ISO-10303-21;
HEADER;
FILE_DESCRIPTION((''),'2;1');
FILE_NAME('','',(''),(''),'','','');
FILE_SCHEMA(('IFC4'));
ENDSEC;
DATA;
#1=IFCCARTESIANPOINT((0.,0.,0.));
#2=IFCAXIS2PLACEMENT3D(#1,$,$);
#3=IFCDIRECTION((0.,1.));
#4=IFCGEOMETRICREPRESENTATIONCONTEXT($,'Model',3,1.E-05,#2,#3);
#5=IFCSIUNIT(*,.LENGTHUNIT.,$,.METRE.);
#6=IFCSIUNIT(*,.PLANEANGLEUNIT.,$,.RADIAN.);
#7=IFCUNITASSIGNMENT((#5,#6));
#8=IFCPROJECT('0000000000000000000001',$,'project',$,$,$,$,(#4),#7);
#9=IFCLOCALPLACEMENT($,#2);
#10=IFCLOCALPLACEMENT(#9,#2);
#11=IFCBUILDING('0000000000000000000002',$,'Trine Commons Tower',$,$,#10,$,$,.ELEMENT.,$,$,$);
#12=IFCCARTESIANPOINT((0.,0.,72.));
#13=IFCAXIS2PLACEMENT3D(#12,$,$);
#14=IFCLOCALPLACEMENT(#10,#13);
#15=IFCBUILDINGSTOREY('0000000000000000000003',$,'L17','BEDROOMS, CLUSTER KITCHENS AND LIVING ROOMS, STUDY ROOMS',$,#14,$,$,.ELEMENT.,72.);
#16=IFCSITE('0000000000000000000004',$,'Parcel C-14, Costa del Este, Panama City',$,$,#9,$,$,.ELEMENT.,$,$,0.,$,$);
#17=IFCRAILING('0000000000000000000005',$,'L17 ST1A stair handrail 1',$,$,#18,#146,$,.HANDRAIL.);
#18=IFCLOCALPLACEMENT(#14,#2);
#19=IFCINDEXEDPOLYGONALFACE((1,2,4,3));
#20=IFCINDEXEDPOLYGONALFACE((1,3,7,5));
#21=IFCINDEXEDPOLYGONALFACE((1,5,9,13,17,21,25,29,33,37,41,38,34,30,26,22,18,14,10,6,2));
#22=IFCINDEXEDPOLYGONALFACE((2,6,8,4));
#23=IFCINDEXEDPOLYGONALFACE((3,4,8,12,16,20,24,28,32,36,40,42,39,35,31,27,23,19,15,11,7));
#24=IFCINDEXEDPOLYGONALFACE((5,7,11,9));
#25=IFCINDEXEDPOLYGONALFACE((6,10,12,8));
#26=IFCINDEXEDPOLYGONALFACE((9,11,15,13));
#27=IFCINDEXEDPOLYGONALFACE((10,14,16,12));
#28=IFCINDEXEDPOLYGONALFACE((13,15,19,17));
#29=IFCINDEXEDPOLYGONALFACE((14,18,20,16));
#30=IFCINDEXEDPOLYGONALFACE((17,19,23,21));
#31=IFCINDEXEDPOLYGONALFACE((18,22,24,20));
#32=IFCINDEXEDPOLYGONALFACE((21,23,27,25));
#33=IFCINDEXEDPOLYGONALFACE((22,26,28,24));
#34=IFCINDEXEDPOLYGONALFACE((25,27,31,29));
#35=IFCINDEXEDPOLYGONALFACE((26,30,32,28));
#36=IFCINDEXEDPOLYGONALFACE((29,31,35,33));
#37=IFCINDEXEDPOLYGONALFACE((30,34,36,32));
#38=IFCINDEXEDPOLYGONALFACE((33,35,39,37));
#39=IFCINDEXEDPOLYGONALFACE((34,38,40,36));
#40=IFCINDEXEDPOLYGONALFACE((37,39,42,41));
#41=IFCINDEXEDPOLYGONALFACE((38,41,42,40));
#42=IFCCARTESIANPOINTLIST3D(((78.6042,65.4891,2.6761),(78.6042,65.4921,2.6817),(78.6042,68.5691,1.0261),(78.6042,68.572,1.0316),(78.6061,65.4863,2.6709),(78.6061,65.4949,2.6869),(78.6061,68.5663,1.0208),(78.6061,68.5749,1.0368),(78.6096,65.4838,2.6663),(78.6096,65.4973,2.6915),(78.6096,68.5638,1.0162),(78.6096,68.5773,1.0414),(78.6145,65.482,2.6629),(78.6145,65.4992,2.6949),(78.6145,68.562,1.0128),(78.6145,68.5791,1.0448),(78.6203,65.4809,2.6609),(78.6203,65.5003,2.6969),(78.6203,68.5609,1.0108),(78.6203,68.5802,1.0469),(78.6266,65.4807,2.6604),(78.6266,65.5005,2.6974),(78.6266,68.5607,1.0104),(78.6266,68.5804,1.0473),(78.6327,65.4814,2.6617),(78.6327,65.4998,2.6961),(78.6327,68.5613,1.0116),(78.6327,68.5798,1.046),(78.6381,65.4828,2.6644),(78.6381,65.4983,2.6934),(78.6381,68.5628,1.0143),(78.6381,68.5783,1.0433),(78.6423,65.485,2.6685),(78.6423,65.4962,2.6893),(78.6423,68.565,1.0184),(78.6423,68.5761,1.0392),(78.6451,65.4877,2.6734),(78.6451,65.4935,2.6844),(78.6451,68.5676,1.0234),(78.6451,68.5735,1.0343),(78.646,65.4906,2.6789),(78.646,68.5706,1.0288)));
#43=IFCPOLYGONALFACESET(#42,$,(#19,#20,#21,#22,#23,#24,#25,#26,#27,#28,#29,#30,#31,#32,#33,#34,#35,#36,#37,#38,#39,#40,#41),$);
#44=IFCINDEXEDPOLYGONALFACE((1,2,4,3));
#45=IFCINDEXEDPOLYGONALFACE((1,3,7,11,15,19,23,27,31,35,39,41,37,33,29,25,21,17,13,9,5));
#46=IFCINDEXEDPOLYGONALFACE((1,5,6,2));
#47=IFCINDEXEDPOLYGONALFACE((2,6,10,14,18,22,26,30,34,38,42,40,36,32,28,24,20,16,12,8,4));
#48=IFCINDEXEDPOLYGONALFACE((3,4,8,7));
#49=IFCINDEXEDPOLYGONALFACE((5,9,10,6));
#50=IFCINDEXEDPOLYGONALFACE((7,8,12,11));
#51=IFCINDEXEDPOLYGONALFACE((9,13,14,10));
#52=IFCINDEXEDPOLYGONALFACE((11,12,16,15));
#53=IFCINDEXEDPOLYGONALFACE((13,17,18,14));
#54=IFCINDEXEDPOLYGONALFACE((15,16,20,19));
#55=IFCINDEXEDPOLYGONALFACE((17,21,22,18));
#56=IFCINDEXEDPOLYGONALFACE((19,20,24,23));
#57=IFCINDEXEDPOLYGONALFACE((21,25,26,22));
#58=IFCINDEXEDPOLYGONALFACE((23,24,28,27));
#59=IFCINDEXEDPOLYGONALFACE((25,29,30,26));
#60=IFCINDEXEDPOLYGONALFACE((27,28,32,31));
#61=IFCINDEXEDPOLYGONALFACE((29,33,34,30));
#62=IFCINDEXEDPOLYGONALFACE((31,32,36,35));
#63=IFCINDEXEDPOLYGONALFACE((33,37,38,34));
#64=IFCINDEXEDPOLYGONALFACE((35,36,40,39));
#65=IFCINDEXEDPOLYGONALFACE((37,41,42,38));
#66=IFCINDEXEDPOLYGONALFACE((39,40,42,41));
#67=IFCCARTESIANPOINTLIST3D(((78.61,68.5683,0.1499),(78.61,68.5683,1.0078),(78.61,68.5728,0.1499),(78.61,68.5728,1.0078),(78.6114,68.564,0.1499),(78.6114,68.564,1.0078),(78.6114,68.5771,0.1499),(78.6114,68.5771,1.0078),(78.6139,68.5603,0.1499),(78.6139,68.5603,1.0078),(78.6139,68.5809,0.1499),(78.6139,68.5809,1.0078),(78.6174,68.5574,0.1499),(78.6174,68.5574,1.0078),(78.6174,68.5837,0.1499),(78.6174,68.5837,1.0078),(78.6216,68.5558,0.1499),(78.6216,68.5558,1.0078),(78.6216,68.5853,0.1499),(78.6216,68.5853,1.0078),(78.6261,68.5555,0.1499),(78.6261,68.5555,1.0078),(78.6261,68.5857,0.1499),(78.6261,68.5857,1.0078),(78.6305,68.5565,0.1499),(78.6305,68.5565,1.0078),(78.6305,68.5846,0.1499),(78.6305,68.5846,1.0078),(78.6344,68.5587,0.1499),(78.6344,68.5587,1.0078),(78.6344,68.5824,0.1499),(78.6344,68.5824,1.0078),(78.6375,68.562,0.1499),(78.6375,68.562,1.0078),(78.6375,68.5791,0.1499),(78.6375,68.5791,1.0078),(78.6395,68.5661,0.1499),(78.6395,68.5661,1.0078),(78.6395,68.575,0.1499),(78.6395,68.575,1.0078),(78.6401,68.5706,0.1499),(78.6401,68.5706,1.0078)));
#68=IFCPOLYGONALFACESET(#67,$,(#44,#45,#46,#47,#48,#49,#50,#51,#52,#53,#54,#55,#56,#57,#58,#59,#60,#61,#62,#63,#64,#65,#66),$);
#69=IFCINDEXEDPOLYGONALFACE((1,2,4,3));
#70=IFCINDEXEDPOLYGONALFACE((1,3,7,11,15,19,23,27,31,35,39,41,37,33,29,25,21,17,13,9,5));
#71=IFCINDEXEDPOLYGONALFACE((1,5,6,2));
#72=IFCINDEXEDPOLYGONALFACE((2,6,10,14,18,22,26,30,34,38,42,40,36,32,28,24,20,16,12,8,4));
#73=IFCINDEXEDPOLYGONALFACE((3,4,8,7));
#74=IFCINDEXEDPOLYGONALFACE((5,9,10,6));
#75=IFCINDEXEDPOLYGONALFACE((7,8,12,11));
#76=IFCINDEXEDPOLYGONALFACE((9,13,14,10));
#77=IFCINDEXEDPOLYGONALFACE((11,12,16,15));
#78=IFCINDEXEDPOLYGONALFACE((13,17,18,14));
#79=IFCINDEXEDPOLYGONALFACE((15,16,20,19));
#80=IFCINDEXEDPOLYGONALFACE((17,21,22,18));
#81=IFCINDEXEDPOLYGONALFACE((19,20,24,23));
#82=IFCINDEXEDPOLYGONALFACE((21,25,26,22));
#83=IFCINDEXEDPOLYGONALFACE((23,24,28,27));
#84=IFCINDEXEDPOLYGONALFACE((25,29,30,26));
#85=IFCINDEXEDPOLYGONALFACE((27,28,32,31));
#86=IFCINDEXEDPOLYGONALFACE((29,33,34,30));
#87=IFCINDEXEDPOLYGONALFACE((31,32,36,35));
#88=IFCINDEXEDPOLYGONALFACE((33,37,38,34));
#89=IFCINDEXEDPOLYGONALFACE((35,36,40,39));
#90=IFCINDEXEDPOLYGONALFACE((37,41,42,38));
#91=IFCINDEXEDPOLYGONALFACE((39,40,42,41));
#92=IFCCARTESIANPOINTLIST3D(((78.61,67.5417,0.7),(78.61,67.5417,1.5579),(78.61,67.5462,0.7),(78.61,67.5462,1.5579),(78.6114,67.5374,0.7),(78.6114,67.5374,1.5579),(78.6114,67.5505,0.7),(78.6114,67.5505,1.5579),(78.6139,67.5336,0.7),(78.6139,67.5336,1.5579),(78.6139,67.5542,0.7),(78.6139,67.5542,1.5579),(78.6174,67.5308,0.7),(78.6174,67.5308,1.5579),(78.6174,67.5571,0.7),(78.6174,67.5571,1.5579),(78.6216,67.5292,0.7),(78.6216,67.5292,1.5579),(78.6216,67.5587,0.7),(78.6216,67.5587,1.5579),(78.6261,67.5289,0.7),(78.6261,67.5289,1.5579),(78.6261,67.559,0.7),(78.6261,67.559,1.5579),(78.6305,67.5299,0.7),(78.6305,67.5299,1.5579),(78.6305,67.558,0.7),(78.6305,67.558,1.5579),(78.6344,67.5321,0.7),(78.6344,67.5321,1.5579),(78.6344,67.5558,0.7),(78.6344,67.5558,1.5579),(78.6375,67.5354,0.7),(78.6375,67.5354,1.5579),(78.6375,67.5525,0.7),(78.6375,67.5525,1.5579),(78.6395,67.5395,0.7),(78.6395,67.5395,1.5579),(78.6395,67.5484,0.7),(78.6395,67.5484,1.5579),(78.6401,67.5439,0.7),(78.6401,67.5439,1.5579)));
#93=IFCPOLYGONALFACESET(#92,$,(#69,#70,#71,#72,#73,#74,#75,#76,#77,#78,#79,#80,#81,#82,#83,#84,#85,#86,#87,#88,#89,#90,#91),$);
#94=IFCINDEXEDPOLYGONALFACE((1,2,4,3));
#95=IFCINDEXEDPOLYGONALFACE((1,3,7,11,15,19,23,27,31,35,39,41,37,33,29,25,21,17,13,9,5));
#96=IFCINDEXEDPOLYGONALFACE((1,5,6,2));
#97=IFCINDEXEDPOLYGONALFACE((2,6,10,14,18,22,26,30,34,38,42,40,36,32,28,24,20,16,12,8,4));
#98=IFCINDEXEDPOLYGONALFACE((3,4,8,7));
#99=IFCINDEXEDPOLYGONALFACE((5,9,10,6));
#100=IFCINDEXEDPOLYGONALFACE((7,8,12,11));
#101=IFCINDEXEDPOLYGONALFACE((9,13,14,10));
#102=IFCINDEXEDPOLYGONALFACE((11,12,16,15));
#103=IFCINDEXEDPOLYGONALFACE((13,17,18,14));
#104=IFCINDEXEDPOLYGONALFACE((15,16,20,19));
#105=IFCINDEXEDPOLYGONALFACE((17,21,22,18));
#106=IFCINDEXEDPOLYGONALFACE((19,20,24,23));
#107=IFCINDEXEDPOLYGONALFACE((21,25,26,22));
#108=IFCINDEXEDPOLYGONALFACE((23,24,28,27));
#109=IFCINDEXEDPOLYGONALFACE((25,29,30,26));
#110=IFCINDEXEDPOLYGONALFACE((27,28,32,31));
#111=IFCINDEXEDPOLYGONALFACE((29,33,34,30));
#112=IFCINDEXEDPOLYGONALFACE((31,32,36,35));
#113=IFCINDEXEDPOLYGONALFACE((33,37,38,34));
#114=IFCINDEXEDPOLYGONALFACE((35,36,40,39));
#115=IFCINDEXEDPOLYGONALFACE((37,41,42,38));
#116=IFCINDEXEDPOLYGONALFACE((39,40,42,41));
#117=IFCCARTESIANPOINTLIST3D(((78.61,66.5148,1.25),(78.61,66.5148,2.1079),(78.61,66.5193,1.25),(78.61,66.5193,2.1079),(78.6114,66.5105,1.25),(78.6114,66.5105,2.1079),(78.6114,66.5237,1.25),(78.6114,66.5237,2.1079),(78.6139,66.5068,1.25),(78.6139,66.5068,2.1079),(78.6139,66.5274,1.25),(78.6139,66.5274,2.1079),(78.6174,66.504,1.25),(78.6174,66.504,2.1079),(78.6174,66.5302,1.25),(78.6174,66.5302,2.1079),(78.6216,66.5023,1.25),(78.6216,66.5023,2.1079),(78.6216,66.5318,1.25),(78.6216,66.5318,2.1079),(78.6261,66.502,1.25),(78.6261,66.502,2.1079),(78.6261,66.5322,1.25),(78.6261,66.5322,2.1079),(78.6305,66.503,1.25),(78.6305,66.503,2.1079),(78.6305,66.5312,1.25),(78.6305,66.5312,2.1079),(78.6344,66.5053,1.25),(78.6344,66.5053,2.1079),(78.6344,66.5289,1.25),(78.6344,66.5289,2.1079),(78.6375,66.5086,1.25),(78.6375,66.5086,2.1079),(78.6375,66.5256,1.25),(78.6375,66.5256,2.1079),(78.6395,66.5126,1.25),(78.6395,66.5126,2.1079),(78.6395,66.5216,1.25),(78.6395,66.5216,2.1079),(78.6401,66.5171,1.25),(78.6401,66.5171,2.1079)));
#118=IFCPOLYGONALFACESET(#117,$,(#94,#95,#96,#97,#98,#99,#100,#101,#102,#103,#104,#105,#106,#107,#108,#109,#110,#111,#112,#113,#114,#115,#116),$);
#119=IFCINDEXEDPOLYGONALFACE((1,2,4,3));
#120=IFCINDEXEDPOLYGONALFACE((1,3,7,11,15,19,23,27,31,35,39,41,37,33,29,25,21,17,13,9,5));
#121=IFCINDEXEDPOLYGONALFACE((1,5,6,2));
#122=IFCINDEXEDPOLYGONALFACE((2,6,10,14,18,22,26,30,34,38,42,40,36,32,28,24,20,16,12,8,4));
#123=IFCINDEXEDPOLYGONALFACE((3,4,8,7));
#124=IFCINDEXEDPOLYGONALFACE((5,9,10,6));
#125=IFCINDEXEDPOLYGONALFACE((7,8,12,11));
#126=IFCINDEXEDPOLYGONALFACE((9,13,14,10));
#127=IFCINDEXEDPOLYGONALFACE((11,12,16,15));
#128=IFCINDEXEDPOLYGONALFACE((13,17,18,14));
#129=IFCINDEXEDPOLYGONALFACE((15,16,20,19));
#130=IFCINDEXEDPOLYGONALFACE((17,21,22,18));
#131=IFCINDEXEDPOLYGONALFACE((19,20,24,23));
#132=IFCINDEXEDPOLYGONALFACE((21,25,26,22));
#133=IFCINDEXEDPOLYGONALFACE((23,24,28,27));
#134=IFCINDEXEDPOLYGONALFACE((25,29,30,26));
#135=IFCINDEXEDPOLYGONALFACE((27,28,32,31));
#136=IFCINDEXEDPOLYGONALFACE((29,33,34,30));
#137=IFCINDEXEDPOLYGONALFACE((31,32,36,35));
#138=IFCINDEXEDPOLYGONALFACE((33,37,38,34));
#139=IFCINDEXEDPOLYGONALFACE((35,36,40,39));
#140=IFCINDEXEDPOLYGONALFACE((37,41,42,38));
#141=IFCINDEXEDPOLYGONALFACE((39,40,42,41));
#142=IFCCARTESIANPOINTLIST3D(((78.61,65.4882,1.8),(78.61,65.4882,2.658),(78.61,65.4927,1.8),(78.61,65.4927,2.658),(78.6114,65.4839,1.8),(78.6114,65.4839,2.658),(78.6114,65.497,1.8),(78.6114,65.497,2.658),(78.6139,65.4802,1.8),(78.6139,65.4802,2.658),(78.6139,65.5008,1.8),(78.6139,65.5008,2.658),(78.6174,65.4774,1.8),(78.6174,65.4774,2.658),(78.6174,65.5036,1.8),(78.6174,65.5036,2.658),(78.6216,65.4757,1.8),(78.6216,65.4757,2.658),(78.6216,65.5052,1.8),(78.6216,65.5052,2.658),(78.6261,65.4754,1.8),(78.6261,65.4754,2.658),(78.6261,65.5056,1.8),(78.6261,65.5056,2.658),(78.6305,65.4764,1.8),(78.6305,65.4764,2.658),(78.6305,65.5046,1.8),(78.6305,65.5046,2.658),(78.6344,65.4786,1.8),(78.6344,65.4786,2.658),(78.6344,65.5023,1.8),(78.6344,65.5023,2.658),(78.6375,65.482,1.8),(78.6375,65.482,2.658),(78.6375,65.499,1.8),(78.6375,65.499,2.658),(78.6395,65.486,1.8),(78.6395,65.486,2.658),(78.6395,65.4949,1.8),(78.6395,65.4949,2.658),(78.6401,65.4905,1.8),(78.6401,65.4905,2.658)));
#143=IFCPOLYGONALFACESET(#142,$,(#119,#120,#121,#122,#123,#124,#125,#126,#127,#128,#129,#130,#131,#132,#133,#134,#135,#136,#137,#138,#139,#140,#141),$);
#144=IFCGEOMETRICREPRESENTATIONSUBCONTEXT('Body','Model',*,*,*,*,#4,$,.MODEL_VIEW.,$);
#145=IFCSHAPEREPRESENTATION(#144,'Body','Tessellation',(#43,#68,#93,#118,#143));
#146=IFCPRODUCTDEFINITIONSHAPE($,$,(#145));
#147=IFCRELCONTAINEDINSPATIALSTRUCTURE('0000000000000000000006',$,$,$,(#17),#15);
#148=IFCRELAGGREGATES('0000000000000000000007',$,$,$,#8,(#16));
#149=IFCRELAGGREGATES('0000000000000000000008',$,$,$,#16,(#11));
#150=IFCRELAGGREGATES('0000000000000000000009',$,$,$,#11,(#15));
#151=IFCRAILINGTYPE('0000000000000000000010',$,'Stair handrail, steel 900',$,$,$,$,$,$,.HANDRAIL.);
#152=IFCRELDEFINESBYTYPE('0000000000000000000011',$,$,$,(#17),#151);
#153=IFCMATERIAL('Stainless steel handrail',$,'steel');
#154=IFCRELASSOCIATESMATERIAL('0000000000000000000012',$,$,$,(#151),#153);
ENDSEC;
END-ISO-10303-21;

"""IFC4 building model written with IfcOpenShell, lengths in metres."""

from ifc_helpers import new_model, si_unit, direction, frame, origin, origin_2d, place, context, subcontext, project, spatial, circle, extrude, material, type_object, element, save


model = new_model("IFC4")

# Units and contexts
model_context = context("Model", 3, precision=1e-05, world=origin(), true_north=direction((0.0, 1.0)))
body_context = subcontext(model_context, "Body", "Model", "MODEL_VIEW")
ifc_project = project(units=[si_unit("LENGTHUNIT", "METRE"), si_unit("PLANEANGLEUNIT", "RADIAN")], contexts=[model_context])

# Site, building, storey
site_placement = place(None, origin())
site = spatial("IfcSite", under=ifc_project, at=site_placement, Name="Parcel C-14, Costa del Este, Panama City", CompositionType="ELEMENT", RefElevation=0.0)
building_placement = place(site_placement, origin())
building = spatial("IfcBuilding", under=site, at=building_placement, Name="Trine Commons Tower", CompositionType="ELEMENT")
storey_placement = place(building_placement, frame((0.0, 0.0, 72.0)))
storey = spatial("IfcBuildingStorey", under=building, at=storey_placement, Name="L17", Description="BEDROOMS, CLUSTER KITCHENS AND LIVING ROOMS, STUDY ROOMS", CompositionType="ELEMENT", Elevation=72.0)

# Railing
ifc_material_1 = material(Name="Stainless steel handrail", Category="steel")
railing_type = type_object("IfcRailingType", Name="Stair handrail, steel 900", PredefinedType="HANDRAIL", material=ifc_material_1)
railing_1_placement = place(storey_placement, frame((78.625, 68.5706, 0.1499)))
element("IfcRailing", 1, at=railing_1_placement, inside=storey, type_object=railing_type, Name="L17 ST1A stair handrail 1", PredefinedType="HANDRAIL", context=body_context, shape_type="SweptSolid", body=[
    extrude(circle(Radius=0.021, at=origin_2d()), frame((0.0, 0.0, 0.8789), z_axis=(0.0, -0.881468, 0.472245), x_axis=(1.0, 0.0, 0.0)), (0.0, 0.0, 1.0), 3.4941),
    extrude(circle(Radius=0.0151, at=origin_2d()), origin(), (0.0, 0.0, 1.0), 0.8579),
    extrude(circle(Radius=0.0151, at=origin_2d()), frame((0.0, -1.0266, 0.55)), (0.0, 0.0, 1.0), 0.8579),
    extrude(circle(Radius=0.0151, at=origin_2d()), frame((0.0, -2.0535, 1.1001)), (0.0, 0.0, 1.0), 0.8579),
    extrude(circle(Radius=0.0151, at=origin_2d()), frame((0.0, -3.0801, 1.6501)), (0.0, 0.0, 1.0), 0.8579),
])

save(model, "model.ifc")
